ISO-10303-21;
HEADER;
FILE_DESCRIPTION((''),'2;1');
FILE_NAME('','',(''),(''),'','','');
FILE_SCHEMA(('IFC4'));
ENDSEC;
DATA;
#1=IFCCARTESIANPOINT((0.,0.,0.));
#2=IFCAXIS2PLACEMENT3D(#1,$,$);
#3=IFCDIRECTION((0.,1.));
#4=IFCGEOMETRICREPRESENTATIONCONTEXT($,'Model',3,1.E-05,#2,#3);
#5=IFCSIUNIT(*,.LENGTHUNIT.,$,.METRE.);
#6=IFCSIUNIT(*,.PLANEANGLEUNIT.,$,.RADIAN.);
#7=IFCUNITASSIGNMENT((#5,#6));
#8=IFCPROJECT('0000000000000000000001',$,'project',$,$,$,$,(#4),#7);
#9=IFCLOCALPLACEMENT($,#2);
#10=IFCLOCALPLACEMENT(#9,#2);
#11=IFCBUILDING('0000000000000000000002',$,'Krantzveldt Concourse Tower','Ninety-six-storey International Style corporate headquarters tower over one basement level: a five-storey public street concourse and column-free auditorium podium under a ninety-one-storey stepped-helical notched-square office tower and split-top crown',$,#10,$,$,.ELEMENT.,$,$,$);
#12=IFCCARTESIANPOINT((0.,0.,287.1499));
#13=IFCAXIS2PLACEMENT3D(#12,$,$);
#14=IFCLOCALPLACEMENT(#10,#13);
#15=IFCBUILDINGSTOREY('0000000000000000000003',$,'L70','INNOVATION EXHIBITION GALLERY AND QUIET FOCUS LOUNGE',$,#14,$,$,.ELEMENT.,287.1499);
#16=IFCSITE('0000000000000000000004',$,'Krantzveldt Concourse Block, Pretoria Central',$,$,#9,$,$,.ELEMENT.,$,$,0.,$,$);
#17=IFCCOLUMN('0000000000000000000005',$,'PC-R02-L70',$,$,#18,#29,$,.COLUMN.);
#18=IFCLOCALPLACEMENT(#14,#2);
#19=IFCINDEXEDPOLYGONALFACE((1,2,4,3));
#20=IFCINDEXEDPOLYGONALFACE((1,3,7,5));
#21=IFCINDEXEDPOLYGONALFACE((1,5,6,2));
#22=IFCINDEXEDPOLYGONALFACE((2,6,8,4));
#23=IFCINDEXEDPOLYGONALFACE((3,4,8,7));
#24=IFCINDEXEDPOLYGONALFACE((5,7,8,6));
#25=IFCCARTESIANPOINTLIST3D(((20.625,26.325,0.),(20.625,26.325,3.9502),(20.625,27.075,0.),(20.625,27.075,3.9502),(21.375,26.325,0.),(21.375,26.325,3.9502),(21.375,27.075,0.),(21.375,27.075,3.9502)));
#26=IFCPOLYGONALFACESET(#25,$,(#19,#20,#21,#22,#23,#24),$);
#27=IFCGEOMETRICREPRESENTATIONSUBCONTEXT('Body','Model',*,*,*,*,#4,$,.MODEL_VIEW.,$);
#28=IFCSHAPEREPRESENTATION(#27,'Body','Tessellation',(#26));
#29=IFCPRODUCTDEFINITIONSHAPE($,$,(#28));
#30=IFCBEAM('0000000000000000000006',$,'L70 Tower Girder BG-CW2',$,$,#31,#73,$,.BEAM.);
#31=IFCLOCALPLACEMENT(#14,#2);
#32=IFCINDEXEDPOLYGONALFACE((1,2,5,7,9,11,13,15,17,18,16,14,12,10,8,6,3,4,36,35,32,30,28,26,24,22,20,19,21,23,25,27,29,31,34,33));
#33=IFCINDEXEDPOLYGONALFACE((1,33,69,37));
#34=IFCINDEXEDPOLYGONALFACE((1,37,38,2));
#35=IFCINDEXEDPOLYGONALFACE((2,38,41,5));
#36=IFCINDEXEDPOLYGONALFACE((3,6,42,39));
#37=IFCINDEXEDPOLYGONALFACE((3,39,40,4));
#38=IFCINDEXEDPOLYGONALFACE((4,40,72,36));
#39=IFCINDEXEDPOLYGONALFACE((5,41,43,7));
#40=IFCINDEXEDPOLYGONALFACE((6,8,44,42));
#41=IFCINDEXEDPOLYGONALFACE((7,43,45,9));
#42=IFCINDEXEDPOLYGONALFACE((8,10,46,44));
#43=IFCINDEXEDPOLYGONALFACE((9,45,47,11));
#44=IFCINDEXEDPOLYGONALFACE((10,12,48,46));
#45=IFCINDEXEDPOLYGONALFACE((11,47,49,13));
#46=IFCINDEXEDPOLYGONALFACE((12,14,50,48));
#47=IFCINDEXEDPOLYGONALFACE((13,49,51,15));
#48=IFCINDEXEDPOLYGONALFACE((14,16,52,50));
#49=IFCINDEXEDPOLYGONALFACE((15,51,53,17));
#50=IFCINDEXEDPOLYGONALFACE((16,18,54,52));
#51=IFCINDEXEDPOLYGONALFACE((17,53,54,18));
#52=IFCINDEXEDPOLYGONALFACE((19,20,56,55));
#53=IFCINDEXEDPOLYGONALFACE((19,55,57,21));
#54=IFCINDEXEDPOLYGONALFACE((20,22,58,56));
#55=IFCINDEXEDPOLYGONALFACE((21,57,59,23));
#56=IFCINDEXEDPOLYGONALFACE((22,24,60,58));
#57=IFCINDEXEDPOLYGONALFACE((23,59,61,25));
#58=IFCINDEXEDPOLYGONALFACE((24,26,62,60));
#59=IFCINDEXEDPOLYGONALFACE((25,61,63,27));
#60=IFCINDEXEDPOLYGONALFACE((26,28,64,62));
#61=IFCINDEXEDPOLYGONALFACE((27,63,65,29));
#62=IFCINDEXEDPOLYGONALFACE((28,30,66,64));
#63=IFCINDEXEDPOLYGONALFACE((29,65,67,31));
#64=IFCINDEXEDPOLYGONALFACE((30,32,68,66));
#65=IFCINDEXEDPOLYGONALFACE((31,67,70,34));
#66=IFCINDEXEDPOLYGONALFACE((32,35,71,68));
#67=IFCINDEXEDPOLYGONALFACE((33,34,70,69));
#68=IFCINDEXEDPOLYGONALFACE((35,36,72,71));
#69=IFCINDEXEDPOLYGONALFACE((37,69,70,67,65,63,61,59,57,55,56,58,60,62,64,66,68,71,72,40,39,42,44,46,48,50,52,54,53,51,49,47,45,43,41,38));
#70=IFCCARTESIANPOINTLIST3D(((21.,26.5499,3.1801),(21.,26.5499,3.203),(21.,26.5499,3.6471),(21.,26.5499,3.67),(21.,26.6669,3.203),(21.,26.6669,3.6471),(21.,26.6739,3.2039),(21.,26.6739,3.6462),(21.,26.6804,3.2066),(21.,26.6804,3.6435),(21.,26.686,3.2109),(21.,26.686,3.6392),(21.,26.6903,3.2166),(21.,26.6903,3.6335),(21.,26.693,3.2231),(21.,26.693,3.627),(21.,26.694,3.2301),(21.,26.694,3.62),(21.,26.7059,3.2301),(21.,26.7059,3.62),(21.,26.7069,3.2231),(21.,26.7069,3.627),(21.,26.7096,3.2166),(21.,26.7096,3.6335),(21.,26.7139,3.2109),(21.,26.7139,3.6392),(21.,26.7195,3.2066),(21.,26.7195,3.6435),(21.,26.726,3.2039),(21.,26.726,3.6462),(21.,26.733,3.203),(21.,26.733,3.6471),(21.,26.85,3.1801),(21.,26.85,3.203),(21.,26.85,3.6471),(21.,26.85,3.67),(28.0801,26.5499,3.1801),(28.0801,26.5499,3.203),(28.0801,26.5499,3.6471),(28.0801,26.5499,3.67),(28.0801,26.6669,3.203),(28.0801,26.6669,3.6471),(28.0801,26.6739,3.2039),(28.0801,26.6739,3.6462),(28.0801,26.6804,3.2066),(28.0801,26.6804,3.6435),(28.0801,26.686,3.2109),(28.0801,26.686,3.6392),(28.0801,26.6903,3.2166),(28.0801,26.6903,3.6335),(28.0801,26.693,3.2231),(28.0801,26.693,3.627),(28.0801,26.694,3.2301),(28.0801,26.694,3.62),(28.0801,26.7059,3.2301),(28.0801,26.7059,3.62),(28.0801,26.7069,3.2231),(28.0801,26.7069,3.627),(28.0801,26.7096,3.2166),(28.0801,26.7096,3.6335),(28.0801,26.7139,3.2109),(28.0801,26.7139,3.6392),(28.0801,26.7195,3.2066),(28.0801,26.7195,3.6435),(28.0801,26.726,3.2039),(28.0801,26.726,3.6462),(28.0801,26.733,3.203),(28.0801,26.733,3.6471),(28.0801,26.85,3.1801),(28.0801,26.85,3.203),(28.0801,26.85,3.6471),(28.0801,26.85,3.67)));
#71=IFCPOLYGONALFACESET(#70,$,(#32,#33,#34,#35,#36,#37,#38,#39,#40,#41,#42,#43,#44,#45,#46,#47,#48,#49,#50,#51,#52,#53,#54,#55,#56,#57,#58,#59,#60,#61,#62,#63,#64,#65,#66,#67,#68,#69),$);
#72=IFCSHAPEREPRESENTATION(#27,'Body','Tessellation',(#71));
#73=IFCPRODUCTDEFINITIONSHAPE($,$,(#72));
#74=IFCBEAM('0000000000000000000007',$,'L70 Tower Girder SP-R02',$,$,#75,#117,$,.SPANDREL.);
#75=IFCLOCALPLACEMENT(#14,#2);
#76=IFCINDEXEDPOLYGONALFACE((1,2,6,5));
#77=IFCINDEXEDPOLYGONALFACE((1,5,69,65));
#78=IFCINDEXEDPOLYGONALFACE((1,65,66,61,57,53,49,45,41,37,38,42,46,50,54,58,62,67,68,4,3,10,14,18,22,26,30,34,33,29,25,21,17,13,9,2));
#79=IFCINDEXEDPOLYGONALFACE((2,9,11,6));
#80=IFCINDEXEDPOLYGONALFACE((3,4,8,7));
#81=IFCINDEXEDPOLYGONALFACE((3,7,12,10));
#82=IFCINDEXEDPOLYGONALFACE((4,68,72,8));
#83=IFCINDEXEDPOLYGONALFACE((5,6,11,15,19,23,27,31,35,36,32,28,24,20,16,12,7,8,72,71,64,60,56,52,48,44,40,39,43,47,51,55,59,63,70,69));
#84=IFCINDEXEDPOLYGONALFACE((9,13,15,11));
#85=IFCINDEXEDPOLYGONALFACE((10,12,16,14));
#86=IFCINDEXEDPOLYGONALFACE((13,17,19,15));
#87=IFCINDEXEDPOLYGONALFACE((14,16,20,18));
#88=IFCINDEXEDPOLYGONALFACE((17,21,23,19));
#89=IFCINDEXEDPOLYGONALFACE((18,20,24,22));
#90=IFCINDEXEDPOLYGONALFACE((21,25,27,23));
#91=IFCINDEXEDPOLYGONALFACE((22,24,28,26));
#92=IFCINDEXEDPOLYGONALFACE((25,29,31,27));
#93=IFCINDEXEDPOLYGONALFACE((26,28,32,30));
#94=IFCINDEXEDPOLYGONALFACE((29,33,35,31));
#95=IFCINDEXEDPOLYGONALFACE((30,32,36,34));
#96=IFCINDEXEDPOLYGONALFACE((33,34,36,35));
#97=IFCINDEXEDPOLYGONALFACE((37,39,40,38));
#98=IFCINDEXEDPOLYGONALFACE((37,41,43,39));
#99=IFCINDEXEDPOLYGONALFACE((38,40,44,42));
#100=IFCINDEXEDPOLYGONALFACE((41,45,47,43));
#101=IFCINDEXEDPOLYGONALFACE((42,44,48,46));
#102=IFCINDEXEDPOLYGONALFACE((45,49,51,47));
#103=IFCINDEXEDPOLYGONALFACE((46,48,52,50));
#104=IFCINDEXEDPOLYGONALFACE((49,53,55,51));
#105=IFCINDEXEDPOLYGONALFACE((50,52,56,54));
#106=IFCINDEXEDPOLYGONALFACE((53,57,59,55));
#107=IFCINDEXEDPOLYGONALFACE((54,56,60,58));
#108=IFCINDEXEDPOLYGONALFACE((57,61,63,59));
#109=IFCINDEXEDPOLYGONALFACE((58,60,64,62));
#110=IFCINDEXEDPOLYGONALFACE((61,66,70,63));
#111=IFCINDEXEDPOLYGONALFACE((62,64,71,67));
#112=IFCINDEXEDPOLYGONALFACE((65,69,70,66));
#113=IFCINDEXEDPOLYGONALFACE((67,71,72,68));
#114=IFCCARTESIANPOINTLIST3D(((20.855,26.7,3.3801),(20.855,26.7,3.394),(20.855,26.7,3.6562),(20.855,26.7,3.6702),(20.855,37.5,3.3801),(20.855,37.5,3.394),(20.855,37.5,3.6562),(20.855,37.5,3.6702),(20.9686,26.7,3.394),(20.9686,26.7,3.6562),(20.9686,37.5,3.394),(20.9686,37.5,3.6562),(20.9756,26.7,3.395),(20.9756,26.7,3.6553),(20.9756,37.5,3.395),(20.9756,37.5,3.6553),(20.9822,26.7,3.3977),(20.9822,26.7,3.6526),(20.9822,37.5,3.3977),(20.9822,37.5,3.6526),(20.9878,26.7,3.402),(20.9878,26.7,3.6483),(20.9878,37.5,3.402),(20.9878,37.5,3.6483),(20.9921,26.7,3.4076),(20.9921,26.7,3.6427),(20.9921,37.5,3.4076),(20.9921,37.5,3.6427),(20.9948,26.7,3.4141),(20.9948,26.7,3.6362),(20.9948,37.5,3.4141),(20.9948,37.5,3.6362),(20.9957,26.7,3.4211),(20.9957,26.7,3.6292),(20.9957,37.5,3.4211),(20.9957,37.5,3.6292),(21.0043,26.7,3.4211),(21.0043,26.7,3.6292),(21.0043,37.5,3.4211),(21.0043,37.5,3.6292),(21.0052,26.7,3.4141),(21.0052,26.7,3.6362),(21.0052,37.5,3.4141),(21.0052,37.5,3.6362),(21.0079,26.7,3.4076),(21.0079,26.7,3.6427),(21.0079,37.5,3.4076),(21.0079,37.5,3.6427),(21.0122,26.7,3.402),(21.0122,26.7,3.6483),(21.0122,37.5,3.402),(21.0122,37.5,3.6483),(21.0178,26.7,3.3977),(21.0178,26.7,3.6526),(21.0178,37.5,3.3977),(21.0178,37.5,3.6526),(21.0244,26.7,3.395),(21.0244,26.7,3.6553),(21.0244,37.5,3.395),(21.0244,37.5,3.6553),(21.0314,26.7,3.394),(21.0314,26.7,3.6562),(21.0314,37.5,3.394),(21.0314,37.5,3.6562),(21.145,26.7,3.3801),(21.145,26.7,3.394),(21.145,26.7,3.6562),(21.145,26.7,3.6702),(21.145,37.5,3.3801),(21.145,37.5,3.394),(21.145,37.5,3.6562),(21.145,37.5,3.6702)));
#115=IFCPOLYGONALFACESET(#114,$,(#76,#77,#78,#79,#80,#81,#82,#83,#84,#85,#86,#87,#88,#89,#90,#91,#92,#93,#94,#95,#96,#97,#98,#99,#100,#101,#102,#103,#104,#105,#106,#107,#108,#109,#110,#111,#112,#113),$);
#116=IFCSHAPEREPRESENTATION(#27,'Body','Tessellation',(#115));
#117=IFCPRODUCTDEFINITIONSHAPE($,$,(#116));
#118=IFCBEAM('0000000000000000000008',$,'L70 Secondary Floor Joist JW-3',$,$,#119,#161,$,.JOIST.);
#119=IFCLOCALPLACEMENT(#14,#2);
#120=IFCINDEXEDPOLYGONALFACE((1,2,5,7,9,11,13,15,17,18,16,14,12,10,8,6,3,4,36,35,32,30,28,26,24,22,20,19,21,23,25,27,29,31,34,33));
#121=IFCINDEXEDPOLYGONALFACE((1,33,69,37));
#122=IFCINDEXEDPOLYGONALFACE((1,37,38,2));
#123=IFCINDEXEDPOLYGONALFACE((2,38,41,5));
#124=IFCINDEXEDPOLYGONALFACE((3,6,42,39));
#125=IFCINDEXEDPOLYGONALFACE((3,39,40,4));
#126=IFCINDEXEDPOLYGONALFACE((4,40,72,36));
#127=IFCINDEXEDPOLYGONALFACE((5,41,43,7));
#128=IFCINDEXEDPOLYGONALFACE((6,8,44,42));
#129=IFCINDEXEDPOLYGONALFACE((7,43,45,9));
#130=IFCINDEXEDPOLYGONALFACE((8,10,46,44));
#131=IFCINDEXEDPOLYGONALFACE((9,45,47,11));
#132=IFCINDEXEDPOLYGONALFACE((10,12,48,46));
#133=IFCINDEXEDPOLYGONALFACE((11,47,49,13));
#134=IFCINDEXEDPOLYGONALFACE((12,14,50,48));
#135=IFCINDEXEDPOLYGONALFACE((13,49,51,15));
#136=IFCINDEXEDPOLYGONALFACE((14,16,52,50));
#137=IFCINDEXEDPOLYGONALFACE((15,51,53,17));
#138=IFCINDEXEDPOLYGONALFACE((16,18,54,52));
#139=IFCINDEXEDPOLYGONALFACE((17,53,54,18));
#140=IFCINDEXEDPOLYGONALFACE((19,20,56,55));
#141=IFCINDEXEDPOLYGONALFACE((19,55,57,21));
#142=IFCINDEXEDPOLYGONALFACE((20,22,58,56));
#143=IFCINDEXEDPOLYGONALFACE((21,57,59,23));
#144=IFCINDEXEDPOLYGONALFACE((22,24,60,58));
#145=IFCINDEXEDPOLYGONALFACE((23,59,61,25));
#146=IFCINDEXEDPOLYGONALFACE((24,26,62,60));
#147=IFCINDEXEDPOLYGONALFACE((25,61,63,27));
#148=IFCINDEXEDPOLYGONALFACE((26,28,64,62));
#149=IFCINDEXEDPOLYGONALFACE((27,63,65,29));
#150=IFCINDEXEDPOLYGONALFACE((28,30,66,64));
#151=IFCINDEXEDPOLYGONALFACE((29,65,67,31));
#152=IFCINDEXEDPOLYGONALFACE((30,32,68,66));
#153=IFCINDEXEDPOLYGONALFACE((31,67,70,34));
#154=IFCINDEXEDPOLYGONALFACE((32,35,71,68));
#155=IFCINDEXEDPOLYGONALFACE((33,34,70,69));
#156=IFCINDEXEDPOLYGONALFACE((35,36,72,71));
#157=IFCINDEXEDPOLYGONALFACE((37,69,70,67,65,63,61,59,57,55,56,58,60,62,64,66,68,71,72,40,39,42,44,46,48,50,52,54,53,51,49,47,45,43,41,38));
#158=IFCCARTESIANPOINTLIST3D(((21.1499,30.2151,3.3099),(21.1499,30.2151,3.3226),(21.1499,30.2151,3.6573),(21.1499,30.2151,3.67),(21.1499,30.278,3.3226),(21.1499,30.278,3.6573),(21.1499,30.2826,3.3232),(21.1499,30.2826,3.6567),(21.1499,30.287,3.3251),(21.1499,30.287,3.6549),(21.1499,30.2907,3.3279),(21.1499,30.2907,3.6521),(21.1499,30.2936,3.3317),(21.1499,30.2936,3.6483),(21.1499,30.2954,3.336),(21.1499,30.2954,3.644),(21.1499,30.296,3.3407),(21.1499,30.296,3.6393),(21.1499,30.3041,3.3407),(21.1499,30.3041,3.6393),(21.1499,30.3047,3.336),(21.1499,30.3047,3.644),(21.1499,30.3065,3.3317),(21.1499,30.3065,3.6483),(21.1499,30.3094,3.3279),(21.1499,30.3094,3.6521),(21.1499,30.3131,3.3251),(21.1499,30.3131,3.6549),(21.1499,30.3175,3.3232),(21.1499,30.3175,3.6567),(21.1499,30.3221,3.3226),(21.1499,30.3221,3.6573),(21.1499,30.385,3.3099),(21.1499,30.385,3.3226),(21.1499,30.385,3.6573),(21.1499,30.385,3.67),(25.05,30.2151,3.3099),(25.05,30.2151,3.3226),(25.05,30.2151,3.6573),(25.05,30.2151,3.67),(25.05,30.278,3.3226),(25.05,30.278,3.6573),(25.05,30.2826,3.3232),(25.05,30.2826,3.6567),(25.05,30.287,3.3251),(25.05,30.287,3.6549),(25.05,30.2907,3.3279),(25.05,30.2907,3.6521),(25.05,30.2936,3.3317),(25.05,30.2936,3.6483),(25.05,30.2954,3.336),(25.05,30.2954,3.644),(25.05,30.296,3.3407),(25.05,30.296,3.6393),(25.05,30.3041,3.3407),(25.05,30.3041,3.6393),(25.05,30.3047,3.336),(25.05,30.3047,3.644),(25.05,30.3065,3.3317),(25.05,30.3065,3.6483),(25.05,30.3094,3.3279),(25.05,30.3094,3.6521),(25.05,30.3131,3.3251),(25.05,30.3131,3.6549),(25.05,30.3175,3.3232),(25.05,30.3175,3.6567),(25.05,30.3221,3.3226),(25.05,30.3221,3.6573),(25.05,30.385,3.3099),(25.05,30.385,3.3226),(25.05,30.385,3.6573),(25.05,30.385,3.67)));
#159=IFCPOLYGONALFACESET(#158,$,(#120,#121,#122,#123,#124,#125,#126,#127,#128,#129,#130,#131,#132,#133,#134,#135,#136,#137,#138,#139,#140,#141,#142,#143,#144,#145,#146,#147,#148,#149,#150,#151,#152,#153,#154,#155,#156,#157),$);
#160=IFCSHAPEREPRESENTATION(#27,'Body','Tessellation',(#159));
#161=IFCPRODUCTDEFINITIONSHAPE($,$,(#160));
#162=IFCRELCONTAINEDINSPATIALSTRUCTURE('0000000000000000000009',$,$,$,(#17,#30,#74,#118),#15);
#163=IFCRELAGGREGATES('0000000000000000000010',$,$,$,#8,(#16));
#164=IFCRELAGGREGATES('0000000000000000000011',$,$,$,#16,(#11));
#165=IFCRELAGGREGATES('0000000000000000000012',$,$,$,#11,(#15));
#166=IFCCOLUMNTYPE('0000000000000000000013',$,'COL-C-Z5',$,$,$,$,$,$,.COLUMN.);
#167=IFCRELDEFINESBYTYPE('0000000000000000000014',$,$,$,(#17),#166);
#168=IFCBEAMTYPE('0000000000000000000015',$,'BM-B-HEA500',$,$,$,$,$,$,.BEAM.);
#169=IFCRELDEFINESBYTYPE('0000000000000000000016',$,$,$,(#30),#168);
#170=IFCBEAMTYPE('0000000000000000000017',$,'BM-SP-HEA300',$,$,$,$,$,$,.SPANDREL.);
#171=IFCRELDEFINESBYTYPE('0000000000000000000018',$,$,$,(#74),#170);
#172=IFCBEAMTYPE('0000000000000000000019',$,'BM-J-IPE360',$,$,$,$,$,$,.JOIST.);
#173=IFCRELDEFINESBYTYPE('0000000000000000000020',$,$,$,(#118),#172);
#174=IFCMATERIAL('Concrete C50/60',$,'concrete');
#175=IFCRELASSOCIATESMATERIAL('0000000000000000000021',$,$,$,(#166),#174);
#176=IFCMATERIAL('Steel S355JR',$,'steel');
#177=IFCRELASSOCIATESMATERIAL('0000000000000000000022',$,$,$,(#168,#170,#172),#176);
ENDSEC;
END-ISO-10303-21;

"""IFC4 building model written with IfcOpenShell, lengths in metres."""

from ifc_helpers import new_model, si_unit, direction, frame, origin, origin_2d, place, context, subcontext, project, spatial, rectangle, i_section, extrude, source, transform, mapped, material, material_profile, profile_set, type_object, type_shapes, element, save


model = new_model("IFC4")

# Units and contexts
model_context = context("Model", 3, precision=1e-05, world=origin(), true_north=direction((0.0, 1.0)))
body_context = subcontext(model_context, "Body", "Model", "MODEL_VIEW")
ifc_project = project(units=[si_unit("LENGTHUNIT", "METRE"), si_unit("PLANEANGLEUNIT", "RADIAN")], contexts=[model_context])

# Site, building, storey
site_placement = place(None, origin())
site = spatial("IfcSite", under=ifc_project, at=site_placement, Name="Krantzveldt Concourse Block, Pretoria Central", CompositionType="ELEMENT", RefElevation=0.0)
building_placement = place(site_placement, origin())
building = spatial("IfcBuilding", under=site, at=building_placement, Name="Krantzveldt Concourse Tower", Description="Ninety-six-storey International Style corporate headquarters tower over one basement level: a five-storey public street concourse and column-free auditorium podium under a ninety-one-storey stepped-helical notched-square office tower and split-top crown", CompositionType="ELEMENT")
storey_placement = place(building_placement, frame((0.0, 0.0, 287.1499)))
storey = spatial("IfcBuildingStorey", under=building, at=storey_placement, Name="L70", Description="INNOVATION EXHIBITION GALLERY AND QUIET FOCUS LOUNGE", CompositionType="ELEMENT", Elevation=287.1499)

# Column
ifc_material_1 = material(Name="Concrete C50/60", Category="concrete")
ifc_material_profile_1 = material_profile(ifc_material_1, rectangle(XDim=0.75, YDim=0.75, at=origin_2d()), Name="Concrete C50/60", Category="concrete")
ifc_profile_set_1 = profile_set([ifc_material_profile_1], Name="Concrete C50/60 - RC 750x750")
column_type = type_object("IfcColumnType", Name="COL-C-Z5", PredefinedType="COLUMN", material=ifc_profile_set_1)
shared_shape_1 = source(origin(), body_context, "Body", "SweptSolid", [
    extrude(rectangle(XDim=0.75, YDim=0.75, at=origin_2d()), origin(), (0.0, 0.0, 1.0), 3.9502),
])
type_shapes(column_type, [shared_shape_1])
column_placement = place(storey_placement, frame((21.0, 26.7, 0.0), z_axis=(0.0, 0.0, 1.0), x_axis=(1.0, 0.0, 0.0)))
element("IfcColumn", 1, at=column_placement, inside=storey, type_object=column_type, Name="PC-R02-L70", PredefinedType="COLUMN", context=body_context, shape_type="MappedRepresentation", body=[
    mapped(shared_shape_1, transform((0.0, 0.0, 0.0), x_axis=(1.0, 0.0, 0.0), y_axis=(0.0, 1.0, 0.0), z_axis=(0.0, 0.0, 1.0), scale=1.0)),
])

# Beams
ifc_material_2 = material(Name="Steel S355JR", Category="steel")
ifc_material_profile_2 = material_profile(ifc_material_2, i_section(OverallWidth=0.3, OverallDepth=0.49, WebThickness=0.012, FlangeThickness=0.0229, FilletRadius=0.0271, at=origin_2d()), Name="Steel S355JR", Category="steel")
ifc_profile_set_2 = profile_set([ifc_material_profile_2], Name="Steel S355JR - HEA 500")
beam_type_1 = type_object("IfcBeamType", Name="BM-B-HEA500", PredefinedType="BEAM", material=ifc_profile_set_2)
shared_shape_2 = source(origin(), body_context, "Body", "SweptSolid", [
    extrude(i_section(OverallWidth=0.3, OverallDepth=0.49, WebThickness=0.012, FlangeThickness=0.0229, FilletRadius=0.0271, at=origin_2d()), origin(), (0.0, 0.0, 1.0), 7.0801),
])
type_shapes(beam_type_1, [shared_shape_2])
beam_1_placement = place(storey_placement, frame((21.0, 26.7, 3.425), z_axis=(1.0, 0.0, 0.0), x_axis=(0.0, 1.0, 0.0)))
element("IfcBeam", 2, at=beam_1_placement, inside=storey, type_object=beam_type_1, Name="L70 Tower Girder BG-CW2", PredefinedType="BEAM", context=body_context, shape_type="MappedRepresentation", body=[
    mapped(shared_shape_2, transform((0.0, 0.0, 0.0), x_axis=(1.0, 0.0, 0.0), y_axis=(0.0, 1.0, 0.0), z_axis=(0.0, 0.0, 1.0), scale=1.0)),
])
ifc_material_profile_3 = material_profile(ifc_material_2, i_section(OverallWidth=0.29, OverallDepth=0.29, WebThickness=0.0085, FlangeThickness=0.0139, FilletRadius=0.0271, at=origin_2d()), Name="Steel S355JR", Category="steel")
ifc_profile_set_3 = profile_set([ifc_material_profile_3], Name="Steel S355JR - HEA 300")
beam_type_2 = type_object("IfcBeamType", Name="BM-SP-HEA300", PredefinedType="SPANDREL", material=ifc_profile_set_3)
shared_shape_3 = source(origin(), body_context, "Body", "SweptSolid", [
    extrude(i_section(OverallWidth=0.29, OverallDepth=0.29, WebThickness=0.0085, FlangeThickness=0.0139, FilletRadius=0.0271, at=origin_2d()), origin(), (0.0, 0.0, 1.0), 10.8),
])
type_shapes(beam_type_2, [shared_shape_3])
beam_2_placement = place(storey_placement, frame((21.0, 26.7, 3.5251), z_axis=(0.0, 1.0, 0.0), x_axis=(-1.0, 0.0, 0.0)))
element("IfcBeam", 3, at=beam_2_placement, inside=storey, type_object=beam_type_2, Name="L70 Tower Girder SP-R02", PredefinedType="SPANDREL", context=body_context, shape_type="MappedRepresentation", body=[
    mapped(shared_shape_3, transform((0.0, 0.0, 0.0), x_axis=(1.0, 0.0, 0.0), y_axis=(0.0, 1.0, 0.0), z_axis=(0.0, 0.0, 1.0), scale=1.0)),
])
ifc_material_profile_4 = material_profile(ifc_material_2, i_section(OverallWidth=0.1699, OverallDepth=0.3601, WebThickness=0.0081, FlangeThickness=0.0127, FilletRadius=0.0181, at=origin_2d()), Name="Steel S355JR", Category="steel")
ifc_profile_set_4 = profile_set([ifc_material_profile_4], Name="Steel S355JR - IPE 360")
beam_type_3 = type_object("IfcBeamType", Name="BM-J-IPE360", PredefinedType="JOIST", material=ifc_profile_set_4)
shared_shape_4 = source(origin(), body_context, "Body", "SweptSolid", [
    extrude(i_section(OverallWidth=0.1699, OverallDepth=0.3601, WebThickness=0.0081, FlangeThickness=0.0127, FilletRadius=0.0181, at=origin_2d()), origin(), (0.0, 0.0, 1.0), 3.9001),
])
type_shapes(beam_type_3, [shared_shape_4])
beam_3_placement = place(storey_placement, frame((21.1499, 30.3, 3.49), z_axis=(1.0, 0.0, 0.0), x_axis=(0.0, 1.0, 0.0)))
element("IfcBeam", 4, at=beam_3_placement, inside=storey, type_object=beam_type_3, Name="L70 Secondary Floor Joist JW-3", PredefinedType="JOIST", context=body_context, shape_type="MappedRepresentation", body=[
    mapped(shared_shape_4, transform((0.0, 0.0, 0.0), x_axis=(1.0, 0.0, 0.0), y_axis=(0.0, 1.0, 0.0), z_axis=(0.0, 0.0, 1.0), scale=1.0)),
])

save(model, "model.ifc")
